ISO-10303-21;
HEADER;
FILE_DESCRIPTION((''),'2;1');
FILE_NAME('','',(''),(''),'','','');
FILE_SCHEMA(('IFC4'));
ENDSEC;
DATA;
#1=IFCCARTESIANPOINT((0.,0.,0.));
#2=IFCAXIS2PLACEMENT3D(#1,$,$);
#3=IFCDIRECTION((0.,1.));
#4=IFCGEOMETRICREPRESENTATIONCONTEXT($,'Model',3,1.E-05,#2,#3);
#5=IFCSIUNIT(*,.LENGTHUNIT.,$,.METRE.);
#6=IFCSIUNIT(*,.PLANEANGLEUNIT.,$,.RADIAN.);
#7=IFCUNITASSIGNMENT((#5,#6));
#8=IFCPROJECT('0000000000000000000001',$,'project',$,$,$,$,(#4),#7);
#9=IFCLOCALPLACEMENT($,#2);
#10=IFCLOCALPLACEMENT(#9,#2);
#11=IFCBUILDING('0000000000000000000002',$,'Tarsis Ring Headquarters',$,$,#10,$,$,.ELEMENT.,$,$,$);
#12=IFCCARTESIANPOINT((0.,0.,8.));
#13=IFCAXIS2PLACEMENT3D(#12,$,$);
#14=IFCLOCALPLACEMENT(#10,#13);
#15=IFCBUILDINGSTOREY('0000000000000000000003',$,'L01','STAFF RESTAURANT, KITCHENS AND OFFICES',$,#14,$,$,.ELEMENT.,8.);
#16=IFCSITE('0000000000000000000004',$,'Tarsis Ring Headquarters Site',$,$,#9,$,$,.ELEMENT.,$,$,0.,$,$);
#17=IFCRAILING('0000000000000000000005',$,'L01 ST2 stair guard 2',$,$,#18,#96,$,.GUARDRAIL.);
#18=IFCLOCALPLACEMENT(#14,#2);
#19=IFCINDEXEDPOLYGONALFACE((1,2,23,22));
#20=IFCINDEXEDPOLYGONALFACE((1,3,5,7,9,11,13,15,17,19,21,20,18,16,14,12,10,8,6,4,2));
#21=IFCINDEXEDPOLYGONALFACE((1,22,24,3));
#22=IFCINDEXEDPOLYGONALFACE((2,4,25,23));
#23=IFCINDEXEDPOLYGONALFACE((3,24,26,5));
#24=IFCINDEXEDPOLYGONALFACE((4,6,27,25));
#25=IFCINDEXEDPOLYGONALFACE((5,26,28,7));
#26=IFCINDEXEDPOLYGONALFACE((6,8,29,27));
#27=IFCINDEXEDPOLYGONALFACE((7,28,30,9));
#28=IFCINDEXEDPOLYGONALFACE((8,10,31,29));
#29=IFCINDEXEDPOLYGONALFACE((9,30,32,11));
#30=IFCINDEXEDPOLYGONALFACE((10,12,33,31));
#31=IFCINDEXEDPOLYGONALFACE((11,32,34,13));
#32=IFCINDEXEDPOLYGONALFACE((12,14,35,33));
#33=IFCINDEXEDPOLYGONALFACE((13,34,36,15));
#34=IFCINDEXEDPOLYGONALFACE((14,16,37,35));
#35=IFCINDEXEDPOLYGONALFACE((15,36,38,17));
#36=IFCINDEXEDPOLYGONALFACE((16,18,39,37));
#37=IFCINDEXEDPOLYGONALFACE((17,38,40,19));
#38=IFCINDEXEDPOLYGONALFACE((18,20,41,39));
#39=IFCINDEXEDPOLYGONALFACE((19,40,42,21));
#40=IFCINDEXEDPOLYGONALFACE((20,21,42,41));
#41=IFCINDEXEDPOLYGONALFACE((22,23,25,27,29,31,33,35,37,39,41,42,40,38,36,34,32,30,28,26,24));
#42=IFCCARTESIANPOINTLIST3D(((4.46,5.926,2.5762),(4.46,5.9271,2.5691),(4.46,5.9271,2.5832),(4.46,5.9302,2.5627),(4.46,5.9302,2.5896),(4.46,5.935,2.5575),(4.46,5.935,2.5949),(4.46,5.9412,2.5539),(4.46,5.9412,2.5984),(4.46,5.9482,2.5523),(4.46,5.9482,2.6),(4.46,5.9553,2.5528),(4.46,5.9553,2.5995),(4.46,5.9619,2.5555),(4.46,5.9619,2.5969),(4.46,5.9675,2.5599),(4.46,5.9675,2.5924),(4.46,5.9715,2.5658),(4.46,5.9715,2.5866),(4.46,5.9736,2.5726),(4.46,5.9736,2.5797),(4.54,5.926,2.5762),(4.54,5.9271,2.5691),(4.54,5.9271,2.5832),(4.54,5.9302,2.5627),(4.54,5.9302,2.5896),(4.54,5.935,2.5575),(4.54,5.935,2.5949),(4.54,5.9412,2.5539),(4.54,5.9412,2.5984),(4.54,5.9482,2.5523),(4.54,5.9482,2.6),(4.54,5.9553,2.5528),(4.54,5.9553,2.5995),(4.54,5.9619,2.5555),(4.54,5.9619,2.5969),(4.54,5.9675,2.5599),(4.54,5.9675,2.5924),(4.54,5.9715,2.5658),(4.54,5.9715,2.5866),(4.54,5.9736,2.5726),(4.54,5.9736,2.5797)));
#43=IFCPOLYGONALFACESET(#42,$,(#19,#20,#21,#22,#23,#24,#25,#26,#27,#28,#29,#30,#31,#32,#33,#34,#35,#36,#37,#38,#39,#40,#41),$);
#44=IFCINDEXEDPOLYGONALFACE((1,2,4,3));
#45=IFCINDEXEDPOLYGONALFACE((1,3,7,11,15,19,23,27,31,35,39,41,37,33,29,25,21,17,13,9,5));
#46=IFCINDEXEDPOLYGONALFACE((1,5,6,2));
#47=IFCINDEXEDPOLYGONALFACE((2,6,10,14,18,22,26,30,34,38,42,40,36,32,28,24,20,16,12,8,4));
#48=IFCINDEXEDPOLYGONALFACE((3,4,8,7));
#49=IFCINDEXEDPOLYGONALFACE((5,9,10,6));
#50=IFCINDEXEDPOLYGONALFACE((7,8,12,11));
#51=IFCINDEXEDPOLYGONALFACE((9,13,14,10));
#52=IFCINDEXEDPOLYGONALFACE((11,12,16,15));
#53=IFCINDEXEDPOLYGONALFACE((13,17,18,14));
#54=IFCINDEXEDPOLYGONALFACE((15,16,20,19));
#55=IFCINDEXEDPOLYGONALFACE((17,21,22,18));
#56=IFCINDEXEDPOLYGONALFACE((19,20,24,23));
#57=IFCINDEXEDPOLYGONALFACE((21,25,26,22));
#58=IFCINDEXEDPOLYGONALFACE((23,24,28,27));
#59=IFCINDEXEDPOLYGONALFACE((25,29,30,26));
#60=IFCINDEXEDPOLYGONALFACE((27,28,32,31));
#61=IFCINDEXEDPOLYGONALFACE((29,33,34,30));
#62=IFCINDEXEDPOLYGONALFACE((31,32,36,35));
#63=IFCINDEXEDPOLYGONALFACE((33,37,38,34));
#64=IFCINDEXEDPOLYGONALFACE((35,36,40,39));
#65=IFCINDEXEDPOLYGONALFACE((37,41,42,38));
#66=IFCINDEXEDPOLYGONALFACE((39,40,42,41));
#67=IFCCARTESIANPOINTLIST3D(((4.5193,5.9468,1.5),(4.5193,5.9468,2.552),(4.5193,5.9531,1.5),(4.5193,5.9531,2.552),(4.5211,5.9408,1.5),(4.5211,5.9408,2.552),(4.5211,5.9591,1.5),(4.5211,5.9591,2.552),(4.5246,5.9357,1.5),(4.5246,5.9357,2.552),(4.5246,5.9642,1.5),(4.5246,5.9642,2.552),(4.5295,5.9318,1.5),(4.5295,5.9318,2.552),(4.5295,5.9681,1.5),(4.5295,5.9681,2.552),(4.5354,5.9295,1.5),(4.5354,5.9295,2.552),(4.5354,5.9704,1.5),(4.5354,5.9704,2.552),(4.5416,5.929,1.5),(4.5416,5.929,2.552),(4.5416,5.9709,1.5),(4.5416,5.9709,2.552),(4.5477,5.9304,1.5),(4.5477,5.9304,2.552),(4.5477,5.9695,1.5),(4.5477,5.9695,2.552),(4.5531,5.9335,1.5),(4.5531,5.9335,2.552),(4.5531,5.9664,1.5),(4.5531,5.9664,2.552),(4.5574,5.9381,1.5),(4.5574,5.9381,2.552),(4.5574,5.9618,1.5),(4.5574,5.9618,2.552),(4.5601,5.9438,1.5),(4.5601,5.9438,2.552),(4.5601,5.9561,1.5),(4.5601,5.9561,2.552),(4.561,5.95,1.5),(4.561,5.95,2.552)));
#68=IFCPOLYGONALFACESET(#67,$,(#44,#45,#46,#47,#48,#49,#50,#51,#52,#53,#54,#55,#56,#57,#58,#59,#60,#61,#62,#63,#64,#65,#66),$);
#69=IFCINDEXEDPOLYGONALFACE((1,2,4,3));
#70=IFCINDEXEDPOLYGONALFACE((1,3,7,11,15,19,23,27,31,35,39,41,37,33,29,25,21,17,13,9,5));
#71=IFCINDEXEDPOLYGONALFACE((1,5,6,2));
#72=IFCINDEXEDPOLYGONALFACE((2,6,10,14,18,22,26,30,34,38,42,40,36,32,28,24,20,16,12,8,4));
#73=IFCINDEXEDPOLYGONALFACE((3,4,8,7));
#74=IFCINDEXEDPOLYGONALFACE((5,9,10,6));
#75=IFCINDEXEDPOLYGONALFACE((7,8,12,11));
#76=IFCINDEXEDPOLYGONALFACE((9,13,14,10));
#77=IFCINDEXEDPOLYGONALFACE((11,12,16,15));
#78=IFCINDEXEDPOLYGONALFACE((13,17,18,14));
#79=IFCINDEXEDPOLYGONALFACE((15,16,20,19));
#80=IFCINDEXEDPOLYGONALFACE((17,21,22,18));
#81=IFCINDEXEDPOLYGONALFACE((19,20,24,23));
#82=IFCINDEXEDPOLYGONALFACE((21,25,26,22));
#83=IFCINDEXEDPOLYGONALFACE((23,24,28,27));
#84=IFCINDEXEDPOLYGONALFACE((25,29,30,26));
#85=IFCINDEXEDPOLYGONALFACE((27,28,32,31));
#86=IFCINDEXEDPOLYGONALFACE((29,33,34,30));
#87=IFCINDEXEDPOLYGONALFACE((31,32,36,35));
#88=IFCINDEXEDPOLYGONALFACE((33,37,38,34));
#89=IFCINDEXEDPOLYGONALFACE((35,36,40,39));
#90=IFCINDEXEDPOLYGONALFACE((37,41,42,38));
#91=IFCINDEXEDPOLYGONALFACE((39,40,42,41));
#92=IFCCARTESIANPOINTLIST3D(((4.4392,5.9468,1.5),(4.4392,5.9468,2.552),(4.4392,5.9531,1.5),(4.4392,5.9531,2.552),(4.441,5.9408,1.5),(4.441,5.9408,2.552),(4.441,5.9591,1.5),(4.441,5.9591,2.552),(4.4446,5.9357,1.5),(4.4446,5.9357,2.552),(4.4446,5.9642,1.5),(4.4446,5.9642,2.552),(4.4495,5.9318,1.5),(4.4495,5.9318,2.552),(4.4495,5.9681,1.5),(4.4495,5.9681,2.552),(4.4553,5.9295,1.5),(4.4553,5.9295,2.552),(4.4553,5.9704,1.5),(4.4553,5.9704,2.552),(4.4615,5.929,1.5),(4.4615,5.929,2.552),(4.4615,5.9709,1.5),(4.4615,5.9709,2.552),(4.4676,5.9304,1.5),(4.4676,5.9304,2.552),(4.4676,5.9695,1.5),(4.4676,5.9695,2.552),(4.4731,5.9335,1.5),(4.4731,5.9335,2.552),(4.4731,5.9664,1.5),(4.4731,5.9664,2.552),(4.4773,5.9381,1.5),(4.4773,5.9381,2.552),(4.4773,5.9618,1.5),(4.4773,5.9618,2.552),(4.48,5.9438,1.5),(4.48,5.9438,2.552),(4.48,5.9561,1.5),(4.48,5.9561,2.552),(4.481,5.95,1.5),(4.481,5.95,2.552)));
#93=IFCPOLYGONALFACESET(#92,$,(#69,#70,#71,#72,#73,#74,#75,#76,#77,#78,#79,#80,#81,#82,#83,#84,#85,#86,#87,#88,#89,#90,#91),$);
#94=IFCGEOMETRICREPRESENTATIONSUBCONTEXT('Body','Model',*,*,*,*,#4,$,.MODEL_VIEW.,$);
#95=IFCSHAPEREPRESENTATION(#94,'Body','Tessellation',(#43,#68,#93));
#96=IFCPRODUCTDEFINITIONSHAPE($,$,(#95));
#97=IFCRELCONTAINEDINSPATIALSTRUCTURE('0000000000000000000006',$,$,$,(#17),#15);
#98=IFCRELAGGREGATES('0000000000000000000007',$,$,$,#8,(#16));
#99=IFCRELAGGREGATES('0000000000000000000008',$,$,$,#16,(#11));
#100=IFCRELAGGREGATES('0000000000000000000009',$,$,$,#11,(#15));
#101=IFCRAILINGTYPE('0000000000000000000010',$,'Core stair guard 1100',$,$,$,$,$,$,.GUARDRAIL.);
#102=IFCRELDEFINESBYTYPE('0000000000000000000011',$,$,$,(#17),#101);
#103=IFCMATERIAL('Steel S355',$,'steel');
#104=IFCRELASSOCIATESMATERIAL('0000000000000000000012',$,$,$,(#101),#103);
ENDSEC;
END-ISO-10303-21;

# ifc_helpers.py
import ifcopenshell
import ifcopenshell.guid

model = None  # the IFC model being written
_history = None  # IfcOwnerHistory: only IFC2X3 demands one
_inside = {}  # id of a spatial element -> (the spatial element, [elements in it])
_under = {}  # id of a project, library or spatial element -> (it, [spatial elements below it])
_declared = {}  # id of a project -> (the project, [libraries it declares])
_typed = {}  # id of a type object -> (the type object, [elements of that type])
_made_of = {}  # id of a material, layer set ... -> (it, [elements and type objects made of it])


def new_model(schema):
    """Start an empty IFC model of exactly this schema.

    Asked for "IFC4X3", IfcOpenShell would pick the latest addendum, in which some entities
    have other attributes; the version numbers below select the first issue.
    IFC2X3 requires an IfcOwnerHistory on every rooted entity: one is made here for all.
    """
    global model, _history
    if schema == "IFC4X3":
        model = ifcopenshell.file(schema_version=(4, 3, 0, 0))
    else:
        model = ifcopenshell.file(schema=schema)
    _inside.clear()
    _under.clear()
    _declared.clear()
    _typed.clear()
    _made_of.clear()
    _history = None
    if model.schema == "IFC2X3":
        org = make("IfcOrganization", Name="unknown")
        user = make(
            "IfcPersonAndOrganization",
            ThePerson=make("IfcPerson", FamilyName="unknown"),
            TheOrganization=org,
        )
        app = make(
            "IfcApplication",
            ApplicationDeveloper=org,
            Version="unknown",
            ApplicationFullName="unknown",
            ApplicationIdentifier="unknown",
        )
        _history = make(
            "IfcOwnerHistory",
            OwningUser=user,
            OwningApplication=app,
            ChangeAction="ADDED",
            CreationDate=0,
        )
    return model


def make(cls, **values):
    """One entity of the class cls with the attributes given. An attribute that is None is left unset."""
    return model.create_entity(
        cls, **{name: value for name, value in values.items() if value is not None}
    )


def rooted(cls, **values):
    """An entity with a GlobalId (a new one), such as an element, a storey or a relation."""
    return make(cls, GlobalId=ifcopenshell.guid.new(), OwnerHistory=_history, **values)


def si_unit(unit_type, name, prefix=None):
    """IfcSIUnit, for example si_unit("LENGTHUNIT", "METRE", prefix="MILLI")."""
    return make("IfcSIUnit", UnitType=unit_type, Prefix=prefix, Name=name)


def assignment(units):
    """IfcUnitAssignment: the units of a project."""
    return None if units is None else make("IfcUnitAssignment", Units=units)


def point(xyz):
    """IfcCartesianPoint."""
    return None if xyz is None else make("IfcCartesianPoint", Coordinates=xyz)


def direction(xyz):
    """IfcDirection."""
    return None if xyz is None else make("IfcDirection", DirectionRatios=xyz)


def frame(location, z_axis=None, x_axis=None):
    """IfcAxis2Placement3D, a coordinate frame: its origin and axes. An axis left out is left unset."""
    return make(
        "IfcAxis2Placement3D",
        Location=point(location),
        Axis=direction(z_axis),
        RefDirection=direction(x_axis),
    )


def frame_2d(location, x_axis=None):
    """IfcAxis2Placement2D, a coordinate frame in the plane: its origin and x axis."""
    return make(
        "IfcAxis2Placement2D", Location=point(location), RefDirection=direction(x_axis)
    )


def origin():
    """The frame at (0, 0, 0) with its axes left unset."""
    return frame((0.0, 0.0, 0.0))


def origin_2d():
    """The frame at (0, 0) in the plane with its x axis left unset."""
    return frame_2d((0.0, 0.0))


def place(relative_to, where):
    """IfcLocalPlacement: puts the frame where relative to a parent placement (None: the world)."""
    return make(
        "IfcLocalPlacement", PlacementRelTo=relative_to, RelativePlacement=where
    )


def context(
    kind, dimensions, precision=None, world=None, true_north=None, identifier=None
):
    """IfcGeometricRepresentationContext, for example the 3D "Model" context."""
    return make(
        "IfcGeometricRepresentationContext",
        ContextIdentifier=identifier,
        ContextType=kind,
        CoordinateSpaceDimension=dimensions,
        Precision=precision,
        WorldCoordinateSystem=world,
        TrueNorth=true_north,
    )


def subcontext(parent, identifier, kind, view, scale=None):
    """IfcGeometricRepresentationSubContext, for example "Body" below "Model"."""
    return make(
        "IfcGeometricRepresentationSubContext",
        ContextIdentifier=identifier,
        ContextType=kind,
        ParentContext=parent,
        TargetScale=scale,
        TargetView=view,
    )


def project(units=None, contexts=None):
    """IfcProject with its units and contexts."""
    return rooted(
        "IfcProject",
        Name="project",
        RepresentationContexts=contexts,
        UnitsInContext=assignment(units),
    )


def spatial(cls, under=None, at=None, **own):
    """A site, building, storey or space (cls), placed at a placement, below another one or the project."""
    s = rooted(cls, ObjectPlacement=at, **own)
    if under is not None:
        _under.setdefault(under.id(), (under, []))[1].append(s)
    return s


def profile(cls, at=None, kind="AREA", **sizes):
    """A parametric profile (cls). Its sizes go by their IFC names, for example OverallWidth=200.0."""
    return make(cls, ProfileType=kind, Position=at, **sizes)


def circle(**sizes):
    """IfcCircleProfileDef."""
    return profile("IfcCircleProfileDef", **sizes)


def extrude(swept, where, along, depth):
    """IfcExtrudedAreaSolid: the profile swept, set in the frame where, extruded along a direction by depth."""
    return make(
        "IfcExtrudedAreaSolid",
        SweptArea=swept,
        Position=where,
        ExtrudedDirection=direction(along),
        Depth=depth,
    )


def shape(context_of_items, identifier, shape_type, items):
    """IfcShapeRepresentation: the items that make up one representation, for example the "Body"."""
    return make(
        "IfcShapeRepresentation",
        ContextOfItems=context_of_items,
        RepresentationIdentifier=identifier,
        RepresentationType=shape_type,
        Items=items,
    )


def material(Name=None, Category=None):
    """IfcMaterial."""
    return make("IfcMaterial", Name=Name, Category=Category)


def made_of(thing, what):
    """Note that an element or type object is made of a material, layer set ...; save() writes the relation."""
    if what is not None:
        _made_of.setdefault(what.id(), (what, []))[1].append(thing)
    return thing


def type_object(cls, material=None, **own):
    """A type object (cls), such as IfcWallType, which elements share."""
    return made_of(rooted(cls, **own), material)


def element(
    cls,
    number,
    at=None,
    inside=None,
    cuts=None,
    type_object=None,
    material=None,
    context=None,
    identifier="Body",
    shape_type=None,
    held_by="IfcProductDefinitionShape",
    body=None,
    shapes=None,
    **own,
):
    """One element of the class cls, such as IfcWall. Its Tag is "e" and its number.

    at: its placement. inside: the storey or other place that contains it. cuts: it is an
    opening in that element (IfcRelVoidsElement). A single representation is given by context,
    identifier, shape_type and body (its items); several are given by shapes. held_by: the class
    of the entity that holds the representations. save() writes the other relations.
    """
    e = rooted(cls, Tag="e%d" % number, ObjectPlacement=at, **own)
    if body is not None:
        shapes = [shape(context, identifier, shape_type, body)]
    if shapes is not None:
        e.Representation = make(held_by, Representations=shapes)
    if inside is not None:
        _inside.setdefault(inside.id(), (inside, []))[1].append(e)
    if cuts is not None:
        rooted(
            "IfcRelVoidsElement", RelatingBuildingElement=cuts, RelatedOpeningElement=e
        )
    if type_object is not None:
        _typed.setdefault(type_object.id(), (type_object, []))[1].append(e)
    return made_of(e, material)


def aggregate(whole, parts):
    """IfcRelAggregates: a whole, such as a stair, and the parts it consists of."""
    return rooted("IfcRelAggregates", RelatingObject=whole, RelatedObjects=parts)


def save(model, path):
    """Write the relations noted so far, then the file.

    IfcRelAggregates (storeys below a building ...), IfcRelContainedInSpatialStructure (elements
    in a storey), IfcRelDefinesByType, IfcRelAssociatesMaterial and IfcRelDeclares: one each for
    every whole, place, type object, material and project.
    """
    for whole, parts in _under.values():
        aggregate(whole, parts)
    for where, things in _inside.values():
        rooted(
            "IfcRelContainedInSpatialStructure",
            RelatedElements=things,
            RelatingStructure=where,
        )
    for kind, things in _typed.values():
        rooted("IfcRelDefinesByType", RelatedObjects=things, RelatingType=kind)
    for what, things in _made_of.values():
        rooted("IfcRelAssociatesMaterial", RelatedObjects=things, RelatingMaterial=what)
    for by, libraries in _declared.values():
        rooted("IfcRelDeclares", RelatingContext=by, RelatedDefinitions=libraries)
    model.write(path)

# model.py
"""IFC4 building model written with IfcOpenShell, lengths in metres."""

from ifc_helpers import new_model, si_unit, direction, frame, origin, origin_2d, place, context, subcontext, project, spatial, circle, extrude, material, type_object, element, save


model = new_model("IFC4")

# Units and contexts
model_context = context("Model", 3, precision=1e-05, world=origin(), true_north=direction((0.0, 1.0)))
body_context = subcontext(model_context, "Body", "Model", "MODEL_VIEW")
ifc_project = project(units=[si_unit("LENGTHUNIT", "METRE"), si_unit("PLANEANGLEUNIT", "RADIAN")], contexts=[model_context])

# Site, building, storey
site_placement = place(None, origin())
site = spatial("IfcSite", under=ifc_project, at=site_placement, Name="Tarsis Ring Headquarters Site", CompositionType="ELEMENT", RefElevation=0.0)
building_placement = place(site_placement, origin())
building = spatial("IfcBuilding", under=site, at=building_placement, Name="Tarsis Ring Headquarters", CompositionType="ELEMENT")
storey_placement = place(building_placement, frame((0.0, 0.0, 8.0)))
storey = spatial("IfcBuildingStorey", under=building, at=storey_placement, Name="L01", Description="STAFF RESTAURANT, KITCHENS AND OFFICES", CompositionType="ELEMENT", Elevation=8.0)

# Railing
ifc_material_1 = material(Name="Steel S355", Category="steel")
railing_type_1 = type_object("IfcRailingType", Name="Core stair guard 1100", PredefinedType="GUARDRAIL", material=ifc_material_1)
railing_1_placement = place(storey_placement, frame((4.54, 5.95, 1.5)))
element("IfcRailing", 1, at=railing_1_placement, inside=storey, type_object=railing_type_1, Name="L01 ST2 stair guard 2", PredefinedType="GUARDRAIL", context=body_context, shape_type="SweptSolid", body=[
    extrude(circle(Radius=0.0239, at=origin_2d()), frame((0.0, 0.0, 1.0762), z_axis=(-1.0, 0.0, 0.0), x_axis=(0.0, -1.0, 0.0)), (0.0, 0.0, 1.0), 0.0801),
    extrude(circle(Radius=0.021, at=origin_2d()), origin(), (0.0, 0.0, 1.0), 1.052),
    extrude(circle(Radius=0.021, at=origin_2d()), frame((-0.0801, 0.0, 0.0)), (0.0, 0.0, 1.0), 1.052),
])

save(model, "model.ifc")
